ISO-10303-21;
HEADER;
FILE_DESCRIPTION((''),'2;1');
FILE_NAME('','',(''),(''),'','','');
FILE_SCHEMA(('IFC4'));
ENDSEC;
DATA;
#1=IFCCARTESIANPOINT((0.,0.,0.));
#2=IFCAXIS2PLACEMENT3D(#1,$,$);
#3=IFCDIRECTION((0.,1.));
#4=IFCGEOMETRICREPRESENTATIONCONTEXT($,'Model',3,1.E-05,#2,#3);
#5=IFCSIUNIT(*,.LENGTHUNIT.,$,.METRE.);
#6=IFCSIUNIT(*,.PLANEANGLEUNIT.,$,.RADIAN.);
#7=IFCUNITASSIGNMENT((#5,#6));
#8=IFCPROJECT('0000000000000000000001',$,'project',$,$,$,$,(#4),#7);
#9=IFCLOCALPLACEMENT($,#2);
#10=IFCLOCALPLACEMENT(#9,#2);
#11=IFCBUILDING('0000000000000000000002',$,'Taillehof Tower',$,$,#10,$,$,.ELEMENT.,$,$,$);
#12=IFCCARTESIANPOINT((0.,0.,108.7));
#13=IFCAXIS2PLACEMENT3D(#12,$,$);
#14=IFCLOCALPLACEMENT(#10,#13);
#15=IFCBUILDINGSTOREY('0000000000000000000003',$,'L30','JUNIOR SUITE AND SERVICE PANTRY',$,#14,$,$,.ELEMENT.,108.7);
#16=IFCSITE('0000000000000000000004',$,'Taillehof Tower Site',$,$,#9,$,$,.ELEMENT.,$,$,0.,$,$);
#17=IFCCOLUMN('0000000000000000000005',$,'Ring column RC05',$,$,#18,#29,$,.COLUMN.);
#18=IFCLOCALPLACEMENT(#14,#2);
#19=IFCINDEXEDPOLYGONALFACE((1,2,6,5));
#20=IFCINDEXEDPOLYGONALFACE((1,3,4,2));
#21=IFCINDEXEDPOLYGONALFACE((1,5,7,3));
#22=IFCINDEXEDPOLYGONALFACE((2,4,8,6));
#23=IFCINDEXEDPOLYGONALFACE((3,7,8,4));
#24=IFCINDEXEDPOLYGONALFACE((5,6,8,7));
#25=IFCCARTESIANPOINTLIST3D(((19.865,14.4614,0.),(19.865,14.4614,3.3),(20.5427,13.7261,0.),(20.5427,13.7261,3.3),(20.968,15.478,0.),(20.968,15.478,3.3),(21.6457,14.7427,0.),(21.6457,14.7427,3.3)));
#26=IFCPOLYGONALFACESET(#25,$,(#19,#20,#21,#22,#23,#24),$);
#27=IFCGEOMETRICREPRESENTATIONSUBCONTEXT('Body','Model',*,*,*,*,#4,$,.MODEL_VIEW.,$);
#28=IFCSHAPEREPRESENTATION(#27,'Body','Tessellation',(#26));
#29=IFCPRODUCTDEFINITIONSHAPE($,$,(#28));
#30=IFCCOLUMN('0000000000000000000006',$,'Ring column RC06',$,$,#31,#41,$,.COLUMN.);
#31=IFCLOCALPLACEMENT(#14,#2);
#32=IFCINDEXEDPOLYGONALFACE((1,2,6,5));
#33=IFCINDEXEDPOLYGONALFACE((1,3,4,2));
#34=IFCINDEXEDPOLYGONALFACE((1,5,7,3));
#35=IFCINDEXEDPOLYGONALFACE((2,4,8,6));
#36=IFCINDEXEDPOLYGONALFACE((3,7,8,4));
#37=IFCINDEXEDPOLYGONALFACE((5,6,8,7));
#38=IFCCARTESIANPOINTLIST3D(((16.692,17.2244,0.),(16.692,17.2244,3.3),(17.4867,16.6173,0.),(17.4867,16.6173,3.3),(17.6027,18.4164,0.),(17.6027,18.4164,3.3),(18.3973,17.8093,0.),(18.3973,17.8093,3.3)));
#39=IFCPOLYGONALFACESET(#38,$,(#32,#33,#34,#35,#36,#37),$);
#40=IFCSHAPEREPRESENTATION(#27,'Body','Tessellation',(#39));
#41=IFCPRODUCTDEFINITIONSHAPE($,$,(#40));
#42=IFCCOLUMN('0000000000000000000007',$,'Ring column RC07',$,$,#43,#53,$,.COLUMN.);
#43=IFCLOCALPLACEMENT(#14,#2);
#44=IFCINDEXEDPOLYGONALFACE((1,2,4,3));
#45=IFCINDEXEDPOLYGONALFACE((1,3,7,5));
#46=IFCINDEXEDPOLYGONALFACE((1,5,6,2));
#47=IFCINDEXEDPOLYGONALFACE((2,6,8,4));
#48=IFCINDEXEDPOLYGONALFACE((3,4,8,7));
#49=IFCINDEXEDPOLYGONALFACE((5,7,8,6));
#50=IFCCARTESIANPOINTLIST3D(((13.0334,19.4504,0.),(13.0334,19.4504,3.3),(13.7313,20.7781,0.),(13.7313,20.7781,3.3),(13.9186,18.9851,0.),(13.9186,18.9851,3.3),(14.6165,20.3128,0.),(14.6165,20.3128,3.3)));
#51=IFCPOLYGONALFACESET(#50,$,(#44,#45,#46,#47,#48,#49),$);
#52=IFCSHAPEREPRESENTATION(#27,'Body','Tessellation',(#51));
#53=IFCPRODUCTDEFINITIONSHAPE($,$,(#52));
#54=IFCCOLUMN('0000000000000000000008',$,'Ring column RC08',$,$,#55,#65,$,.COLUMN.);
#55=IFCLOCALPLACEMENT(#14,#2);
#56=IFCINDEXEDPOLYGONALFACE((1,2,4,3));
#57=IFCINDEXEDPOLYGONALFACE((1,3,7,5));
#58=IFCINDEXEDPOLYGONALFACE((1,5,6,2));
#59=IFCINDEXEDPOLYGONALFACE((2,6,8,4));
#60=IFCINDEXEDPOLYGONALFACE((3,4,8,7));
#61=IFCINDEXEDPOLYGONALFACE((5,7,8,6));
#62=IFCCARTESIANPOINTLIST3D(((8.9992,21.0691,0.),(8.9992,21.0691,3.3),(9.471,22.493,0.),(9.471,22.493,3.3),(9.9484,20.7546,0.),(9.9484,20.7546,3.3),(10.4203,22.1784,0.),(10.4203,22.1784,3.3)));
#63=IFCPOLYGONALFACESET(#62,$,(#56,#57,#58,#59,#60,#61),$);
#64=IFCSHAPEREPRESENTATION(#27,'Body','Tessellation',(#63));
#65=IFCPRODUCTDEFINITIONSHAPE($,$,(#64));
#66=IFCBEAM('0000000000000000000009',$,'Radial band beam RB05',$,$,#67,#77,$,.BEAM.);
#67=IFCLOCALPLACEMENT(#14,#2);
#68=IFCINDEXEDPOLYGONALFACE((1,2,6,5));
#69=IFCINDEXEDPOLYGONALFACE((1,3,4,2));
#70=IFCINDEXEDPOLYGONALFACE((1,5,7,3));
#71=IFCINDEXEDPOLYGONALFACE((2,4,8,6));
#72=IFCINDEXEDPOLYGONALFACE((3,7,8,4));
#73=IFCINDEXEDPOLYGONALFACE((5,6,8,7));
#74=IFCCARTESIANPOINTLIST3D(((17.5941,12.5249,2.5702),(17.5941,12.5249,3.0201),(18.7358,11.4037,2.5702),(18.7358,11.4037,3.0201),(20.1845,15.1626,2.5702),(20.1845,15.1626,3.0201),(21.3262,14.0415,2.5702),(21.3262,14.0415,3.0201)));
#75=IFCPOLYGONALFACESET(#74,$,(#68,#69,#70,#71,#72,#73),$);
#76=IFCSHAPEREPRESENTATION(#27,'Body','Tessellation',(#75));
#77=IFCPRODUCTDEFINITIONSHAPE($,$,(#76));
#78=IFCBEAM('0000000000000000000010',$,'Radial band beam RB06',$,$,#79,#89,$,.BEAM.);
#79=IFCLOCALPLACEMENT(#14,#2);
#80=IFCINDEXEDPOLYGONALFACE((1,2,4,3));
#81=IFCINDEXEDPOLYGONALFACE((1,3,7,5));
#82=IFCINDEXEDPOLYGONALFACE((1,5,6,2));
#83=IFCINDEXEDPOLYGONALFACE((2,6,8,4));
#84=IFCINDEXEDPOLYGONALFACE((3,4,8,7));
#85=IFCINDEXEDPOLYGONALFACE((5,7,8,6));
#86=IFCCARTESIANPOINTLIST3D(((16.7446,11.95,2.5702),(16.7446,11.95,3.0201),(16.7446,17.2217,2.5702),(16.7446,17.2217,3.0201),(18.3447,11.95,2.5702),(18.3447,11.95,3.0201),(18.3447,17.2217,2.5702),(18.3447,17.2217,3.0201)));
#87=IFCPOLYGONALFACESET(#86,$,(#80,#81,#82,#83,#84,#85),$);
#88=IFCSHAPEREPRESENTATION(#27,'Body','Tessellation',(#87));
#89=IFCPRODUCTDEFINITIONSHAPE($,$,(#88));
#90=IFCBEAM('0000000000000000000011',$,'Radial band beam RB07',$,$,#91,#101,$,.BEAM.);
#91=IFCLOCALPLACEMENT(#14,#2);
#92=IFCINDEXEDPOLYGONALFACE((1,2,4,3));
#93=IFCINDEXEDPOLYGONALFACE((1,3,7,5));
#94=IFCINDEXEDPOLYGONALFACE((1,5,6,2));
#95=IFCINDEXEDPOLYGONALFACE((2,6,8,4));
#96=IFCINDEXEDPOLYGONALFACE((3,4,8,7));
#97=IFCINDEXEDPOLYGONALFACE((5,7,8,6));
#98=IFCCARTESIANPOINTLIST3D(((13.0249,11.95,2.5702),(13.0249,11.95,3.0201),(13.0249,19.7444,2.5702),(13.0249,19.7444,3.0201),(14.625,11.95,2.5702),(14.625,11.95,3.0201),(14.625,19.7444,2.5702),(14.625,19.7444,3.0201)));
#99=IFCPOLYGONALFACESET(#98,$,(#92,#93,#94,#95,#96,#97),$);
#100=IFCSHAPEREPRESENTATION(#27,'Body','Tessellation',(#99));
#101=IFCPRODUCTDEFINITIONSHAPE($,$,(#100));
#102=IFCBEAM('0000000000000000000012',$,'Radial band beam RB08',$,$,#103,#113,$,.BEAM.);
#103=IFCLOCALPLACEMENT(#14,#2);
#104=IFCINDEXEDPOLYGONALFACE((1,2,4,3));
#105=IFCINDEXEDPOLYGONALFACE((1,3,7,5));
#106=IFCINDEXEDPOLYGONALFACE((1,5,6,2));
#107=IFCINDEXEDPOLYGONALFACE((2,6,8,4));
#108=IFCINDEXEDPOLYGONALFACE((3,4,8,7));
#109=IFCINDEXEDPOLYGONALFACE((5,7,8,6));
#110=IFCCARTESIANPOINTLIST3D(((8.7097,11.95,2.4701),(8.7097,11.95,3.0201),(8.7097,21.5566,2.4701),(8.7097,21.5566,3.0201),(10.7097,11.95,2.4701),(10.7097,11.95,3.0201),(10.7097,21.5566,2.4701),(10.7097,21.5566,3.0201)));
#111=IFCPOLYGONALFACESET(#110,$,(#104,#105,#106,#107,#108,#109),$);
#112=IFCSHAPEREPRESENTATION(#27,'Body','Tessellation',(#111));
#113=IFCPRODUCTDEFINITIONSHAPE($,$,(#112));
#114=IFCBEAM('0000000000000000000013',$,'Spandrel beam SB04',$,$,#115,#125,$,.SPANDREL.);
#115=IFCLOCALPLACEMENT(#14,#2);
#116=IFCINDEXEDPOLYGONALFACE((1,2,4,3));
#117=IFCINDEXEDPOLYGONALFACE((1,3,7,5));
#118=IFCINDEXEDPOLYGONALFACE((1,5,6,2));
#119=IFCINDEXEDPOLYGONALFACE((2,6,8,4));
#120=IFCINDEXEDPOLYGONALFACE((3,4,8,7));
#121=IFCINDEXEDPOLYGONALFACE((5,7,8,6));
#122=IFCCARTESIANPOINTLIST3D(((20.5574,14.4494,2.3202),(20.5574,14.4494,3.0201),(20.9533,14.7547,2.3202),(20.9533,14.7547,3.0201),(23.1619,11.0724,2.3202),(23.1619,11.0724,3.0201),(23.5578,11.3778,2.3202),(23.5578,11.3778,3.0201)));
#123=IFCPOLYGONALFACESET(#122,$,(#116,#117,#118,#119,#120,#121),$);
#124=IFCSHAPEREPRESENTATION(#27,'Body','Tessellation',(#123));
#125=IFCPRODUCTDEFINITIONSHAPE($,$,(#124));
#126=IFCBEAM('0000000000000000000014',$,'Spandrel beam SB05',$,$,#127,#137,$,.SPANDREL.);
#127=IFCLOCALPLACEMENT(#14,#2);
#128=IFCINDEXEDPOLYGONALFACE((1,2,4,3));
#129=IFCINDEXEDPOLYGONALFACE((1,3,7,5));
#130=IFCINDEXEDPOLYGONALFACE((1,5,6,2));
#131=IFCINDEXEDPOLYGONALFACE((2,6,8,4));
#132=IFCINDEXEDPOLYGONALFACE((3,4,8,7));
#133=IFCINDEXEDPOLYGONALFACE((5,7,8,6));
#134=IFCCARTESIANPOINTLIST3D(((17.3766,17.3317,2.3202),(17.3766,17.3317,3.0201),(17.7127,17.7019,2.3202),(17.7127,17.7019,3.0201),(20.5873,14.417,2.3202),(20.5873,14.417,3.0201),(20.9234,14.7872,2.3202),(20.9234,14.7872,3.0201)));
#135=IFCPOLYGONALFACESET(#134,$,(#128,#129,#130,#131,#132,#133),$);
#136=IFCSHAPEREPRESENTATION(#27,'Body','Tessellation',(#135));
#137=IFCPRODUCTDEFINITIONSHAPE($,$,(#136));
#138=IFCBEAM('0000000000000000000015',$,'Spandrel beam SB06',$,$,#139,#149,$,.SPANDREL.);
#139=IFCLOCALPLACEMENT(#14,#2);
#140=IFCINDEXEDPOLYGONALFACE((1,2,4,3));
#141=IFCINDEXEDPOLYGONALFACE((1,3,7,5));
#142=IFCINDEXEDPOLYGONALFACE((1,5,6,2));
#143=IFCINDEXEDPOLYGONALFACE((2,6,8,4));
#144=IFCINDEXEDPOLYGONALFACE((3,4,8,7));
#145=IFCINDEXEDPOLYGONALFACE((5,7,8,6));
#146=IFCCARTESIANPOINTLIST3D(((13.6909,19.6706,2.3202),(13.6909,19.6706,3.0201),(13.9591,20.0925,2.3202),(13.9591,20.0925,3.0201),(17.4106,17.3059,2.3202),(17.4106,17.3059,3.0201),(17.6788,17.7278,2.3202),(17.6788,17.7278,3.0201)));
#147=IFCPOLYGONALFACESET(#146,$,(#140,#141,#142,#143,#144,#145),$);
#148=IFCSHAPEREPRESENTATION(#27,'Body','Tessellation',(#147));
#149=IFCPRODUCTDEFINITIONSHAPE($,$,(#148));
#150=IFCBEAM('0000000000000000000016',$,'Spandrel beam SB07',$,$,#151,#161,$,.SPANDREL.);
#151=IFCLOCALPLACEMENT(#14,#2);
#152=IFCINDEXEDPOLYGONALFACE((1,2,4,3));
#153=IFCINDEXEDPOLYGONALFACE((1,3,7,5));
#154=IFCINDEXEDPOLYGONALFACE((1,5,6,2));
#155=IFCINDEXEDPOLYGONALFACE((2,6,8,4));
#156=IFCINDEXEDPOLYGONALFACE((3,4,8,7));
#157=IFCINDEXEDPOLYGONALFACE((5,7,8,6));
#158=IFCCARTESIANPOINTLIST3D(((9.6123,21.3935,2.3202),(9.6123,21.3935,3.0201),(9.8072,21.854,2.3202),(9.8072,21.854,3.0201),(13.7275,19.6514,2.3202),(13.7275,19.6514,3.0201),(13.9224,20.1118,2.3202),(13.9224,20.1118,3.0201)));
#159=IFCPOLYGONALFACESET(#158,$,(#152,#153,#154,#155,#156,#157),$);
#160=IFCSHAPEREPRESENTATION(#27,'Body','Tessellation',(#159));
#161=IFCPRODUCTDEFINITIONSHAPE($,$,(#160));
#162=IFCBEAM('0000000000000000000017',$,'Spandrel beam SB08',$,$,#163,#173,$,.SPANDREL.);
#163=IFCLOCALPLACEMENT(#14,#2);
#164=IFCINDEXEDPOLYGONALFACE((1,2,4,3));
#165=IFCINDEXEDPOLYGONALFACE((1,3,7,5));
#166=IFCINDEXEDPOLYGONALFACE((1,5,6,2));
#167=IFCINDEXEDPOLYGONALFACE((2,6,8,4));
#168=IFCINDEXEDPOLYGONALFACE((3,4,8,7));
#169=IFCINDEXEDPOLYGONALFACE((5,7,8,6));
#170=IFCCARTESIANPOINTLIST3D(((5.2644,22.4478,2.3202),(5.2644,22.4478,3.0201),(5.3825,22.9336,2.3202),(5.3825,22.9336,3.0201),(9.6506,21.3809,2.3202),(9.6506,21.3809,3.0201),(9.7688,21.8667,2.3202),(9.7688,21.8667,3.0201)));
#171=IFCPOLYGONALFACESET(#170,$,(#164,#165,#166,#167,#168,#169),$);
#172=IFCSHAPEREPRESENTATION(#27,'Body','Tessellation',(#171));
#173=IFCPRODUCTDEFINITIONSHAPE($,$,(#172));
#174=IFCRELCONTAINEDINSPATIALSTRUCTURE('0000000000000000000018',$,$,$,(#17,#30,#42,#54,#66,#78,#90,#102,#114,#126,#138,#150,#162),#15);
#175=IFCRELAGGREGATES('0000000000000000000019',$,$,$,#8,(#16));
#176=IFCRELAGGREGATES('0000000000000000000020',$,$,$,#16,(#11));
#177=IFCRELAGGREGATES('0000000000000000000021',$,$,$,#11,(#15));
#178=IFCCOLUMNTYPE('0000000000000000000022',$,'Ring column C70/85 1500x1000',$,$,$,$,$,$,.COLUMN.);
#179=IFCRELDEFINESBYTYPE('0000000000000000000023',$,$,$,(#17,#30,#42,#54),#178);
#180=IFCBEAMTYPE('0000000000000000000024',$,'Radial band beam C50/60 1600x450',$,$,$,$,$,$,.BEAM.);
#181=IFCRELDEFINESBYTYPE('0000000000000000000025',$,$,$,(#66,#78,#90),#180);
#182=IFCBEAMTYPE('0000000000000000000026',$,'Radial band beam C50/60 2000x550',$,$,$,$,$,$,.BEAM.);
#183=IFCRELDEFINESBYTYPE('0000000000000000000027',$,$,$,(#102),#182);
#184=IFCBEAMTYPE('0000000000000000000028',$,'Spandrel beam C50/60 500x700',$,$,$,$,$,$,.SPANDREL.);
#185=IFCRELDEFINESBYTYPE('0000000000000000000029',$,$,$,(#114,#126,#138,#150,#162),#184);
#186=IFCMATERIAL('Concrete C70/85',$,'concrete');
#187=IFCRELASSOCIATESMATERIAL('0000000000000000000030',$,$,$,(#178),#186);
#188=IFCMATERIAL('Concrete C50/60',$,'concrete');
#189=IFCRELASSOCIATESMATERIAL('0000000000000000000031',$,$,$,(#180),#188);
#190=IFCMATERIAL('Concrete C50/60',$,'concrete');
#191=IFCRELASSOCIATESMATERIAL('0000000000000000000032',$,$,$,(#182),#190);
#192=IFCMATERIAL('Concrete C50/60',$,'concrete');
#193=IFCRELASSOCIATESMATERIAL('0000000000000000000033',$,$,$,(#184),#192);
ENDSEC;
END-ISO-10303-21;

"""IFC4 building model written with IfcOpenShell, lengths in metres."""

from ifc_helpers import new_model, si_unit, direction, frame, origin, origin_2d, place, context, subcontext, project, spatial, rectangle, extrude, material, material_profile, profile_set, type_object, element, save


model = new_model("IFC4")

# Units and contexts
model_context = context("Model", 3, precision=1e-05, world=origin(), true_north=direction((0.0, 1.0)))
body_context = subcontext(model_context, "Body", "Model", "MODEL_VIEW")
ifc_project = project(units=[si_unit("LENGTHUNIT", "METRE"), si_unit("PLANEANGLEUNIT", "RADIAN")], contexts=[model_context])

# Site, building, storey
site_placement = place(None, origin())
site = spatial("IfcSite", under=ifc_project, at=site_placement, Name="Taillehof Tower Site", CompositionType="ELEMENT", RefElevation=0.0)
building_placement = place(site_placement, origin())
building = spatial("IfcBuilding", under=site, at=building_placement, Name="Taillehof Tower", CompositionType="ELEMENT")
storey_placement = place(building_placement, frame((0.0, 0.0, 108.7)))
storey = spatial("IfcBuildingStorey", under=building, at=storey_placement, Name="L30", Description="JUNIOR SUITE AND SERVICE PANTRY", CompositionType="ELEMENT", Elevation=108.7)

# Columns
ifc_material_1 = material(Name="Concrete C70/85", Category="concrete")
ifc_material_profile_1 = material_profile(ifc_material_1, rectangle(XDim=1.5, YDim=1.0, at=origin_2d()), Name="RC 1500x1000")
ifc_profile_set_1 = profile_set([ifc_material_profile_1], Name="Concrete C70/85")
column_type = type_object("IfcColumnType", Name="Ring column C70/85 1500x1000", PredefinedType="COLUMN", material=ifc_profile_set_1)
for number, where, z_axis, x_axis, name in (
    (1, (20.7554, 14.6021, 0.0), (0.0, 0.0, 1.0), (0.735332, 0.677707, 0.0), "Ring column RC05"),
    (2, (17.5447, 17.5168, 0.0), (0.0, 0.0, 1.0), (0.607074, 0.794645, 0.0), "Ring column RC06"),
    (3, (13.825, 19.8816, 0.0), (0.0, 0.0, 1.0), (0.465283, 0.885162, 0.0), "Ring column RC07"),
    (4, (9.7097, 21.6238, 0.0), (0.0, 0.0, 1.0), (0.314555, 0.949239, 0.0), "Ring column RC08"),
):
    element("IfcColumn", number, at=place(storey_placement, frame(where, z_axis=z_axis, x_axis=x_axis)), inside=storey, type_object=column_type, Name=name, PredefinedType="COLUMN", context=body_context, shape_type="SweptSolid", body=[
        extrude(rectangle(XDim=1.5, YDim=1.0, at=origin_2d()), origin(), (0.0, 0.0, 1.0), 3.3),
    ])

# Beams
ifc_material_2 = material(Name="Concrete C50/60", Category="concrete")
ifc_material_profile_2 = material_profile(ifc_material_2, rectangle(XDim=1.6001, YDim=0.45, at=origin_2d()), Name="RC 1600x450")
ifc_profile_set_2 = profile_set([ifc_material_profile_2], Name="Concrete C50/60")
beam_type_1 = type_object("IfcBeamType", Name="Radial band beam C50/60 1600x450", PredefinedType="BEAM", material=ifc_profile_set_2)
beam_1_placement = place(storey_placement, frame((20.7554, 14.6021, 2.7952), z_axis=(-0.700672, -0.713484, 0.0), x_axis=(0.713484, -0.700672, 0.0)))
element("IfcBeam", 5, at=beam_1_placement, inside=storey, type_object=beam_type_1, Name="Radial band beam RB05", PredefinedType="BEAM", context=body_context, shape_type="SweptSolid", body=[
    extrude(rectangle(XDim=1.6001, YDim=0.45, at=origin_2d()), origin(), (0.0, 0.0, 1.0), 3.697),
])
beam_2_placement = place(storey_placement, frame((17.5447, 17.2217, 2.7952), z_axis=(0.0, -1.0, 0.0), x_axis=(1.0, 0.0, 0.0)))
element("IfcBeam", 6, at=beam_2_placement, inside=storey, type_object=beam_type_1, Name="Radial band beam RB06", PredefinedType="BEAM", context=body_context, shape_type="SweptSolid", body=[
    extrude(rectangle(XDim=1.6001, YDim=0.45, at=origin_2d()), origin(), (0.0, 0.0, 1.0), 5.2717),
])
beam_3_placement = place(storey_placement, frame((13.825, 19.7444, 2.7952), z_axis=(0.0, -1.0, 0.0), x_axis=(1.0, 0.0, 0.0)))
element("IfcBeam", 7, at=beam_3_placement, inside=storey, type_object=beam_type_1, Name="Radial band beam RB07", PredefinedType="BEAM", context=body_context, shape_type="SweptSolid", body=[
    extrude(rectangle(XDim=1.6001, YDim=0.45, at=origin_2d()), origin(), (0.0, 0.0, 1.0), 7.7944),
])
ifc_material_3 = material(Name="Concrete C50/60", Category="concrete")
ifc_material_profile_3 = material_profile(ifc_material_3, rectangle(XDim=2.0, YDim=0.55, at=origin_2d()), Name="RC 2000x550")
ifc_profile_set_3 = profile_set([ifc_material_profile_3], Name="Concrete C50/60")
beam_type_2 = type_object("IfcBeamType", Name="Radial band beam C50/60 2000x550", PredefinedType="BEAM", material=ifc_profile_set_3)
beam_4_placement = place(storey_placement, frame((9.7097, 21.5566, 2.7451), z_axis=(0.0, -1.0, 0.0), x_axis=(1.0, 0.0, 0.0)))
element("IfcBeam", 8, at=beam_4_placement, inside=storey, type_object=beam_type_2, Name="Radial band beam RB08", PredefinedType="BEAM", context=body_context, shape_type="SweptSolid", body=[
    extrude(rectangle(XDim=2.0, YDim=0.55, at=origin_2d()), origin(), (0.0, 0.0, 1.0), 9.6067),
])
ifc_material_4 = material(Name="Concrete C50/60", Category="concrete")
ifc_material_profile_4 = material_profile(ifc_material_4, rectangle(XDim=0.5, YDim=0.7, at=origin_2d()), Name="RC 500x700")
ifc_profile_set_4 = profile_set([ifc_material_profile_4], Name="Concrete C50/60")
beam_type_3 = type_object("IfcBeamType", Name="Spandrel beam C50/60 500x700", PredefinedType="SPANDREL", material=ifc_profile_set_4)
beam_5_placement = place(storey_placement, frame((23.3599, 11.2251, 2.6702), z_axis=(-0.610717, 0.791849, 0.0), x_axis=(-0.791849, -0.610717, 0.0)))
element("IfcBeam", 9, at=beam_5_placement, inside=storey, type_object=beam_type_3, Name="Spandrel beam SB04", PredefinedType="SPANDREL", context=body_context, shape_type="SweptSolid", body=[
    extrude(rectangle(XDim=0.5, YDim=0.7, at=origin_2d()), origin(), (0.0, 0.0, 1.0), 4.2646),
])
beam_6_placement = place(storey_placement, frame((20.7554, 14.6021, 2.6702), z_axis=(-0.740401, 0.672165, 0.0), x_axis=(-0.672165, -0.740401, 0.0)))
element("IfcBeam", 10, at=beam_6_placement, inside=storey, type_object=beam_type_3, Name="Spandrel beam SB05", PredefinedType="SPANDREL", context=body_context, shape_type="SweptSolid", body=[
    extrude(rectangle(XDim=0.5, YDim=0.7, at=origin_2d()), origin(), (0.0, 0.0, 1.0), 4.3364),
])
beam_7_placement = place(storey_placement, frame((17.5447, 17.5168, 2.6702), z_axis=(-0.843903, 0.536496, 0.0), x_axis=(-0.536496, -0.843903, 0.0)))
element("IfcBeam", 11, at=beam_7_placement, inside=storey, type_object=beam_type_3, Name="Spandrel beam SB06", PredefinedType="SPANDREL", context=body_context, shape_type="SweptSolid", body=[
    extrude(rectangle(XDim=0.5, YDim=0.7, at=origin_2d()), origin(), (0.0, 0.0, 1.0), 4.4077),
])
beam_8_placement = place(storey_placement, frame((13.825, 19.8816, 2.6702), z_axis=(-0.920877, 0.389854, 0.0), x_axis=(-0.389854, -0.920877, 0.0)))
element("IfcBeam", 12, at=beam_8_placement, inside=storey, type_object=beam_type_3, Name="Spandrel beam SB07", PredefinedType="SPANDREL", context=body_context, shape_type="SweptSolid", body=[
    extrude(rectangle(XDim=0.5, YDim=0.7, at=origin_2d()), origin(), (0.0, 0.0, 1.0), 4.4688),
])
beam_9_placement = place(storey_placement, frame((9.7097, 21.6238, 2.6702), z_axis=(-0.971669, 0.236346, 0.0), x_axis=(-0.236346, -0.971669, 0.0)))
element("IfcBeam", 13, at=beam_9_placement, inside=storey, type_object=beam_type_3, Name="Spandrel beam SB08", PredefinedType="SPANDREL", context=body_context, shape_type="SweptSolid", body=[
    extrude(rectangle(XDim=0.5, YDim=0.7, at=origin_2d()), origin(), (0.0, 0.0, 1.0), 4.5142),
])

save(model, "model.ifc")
